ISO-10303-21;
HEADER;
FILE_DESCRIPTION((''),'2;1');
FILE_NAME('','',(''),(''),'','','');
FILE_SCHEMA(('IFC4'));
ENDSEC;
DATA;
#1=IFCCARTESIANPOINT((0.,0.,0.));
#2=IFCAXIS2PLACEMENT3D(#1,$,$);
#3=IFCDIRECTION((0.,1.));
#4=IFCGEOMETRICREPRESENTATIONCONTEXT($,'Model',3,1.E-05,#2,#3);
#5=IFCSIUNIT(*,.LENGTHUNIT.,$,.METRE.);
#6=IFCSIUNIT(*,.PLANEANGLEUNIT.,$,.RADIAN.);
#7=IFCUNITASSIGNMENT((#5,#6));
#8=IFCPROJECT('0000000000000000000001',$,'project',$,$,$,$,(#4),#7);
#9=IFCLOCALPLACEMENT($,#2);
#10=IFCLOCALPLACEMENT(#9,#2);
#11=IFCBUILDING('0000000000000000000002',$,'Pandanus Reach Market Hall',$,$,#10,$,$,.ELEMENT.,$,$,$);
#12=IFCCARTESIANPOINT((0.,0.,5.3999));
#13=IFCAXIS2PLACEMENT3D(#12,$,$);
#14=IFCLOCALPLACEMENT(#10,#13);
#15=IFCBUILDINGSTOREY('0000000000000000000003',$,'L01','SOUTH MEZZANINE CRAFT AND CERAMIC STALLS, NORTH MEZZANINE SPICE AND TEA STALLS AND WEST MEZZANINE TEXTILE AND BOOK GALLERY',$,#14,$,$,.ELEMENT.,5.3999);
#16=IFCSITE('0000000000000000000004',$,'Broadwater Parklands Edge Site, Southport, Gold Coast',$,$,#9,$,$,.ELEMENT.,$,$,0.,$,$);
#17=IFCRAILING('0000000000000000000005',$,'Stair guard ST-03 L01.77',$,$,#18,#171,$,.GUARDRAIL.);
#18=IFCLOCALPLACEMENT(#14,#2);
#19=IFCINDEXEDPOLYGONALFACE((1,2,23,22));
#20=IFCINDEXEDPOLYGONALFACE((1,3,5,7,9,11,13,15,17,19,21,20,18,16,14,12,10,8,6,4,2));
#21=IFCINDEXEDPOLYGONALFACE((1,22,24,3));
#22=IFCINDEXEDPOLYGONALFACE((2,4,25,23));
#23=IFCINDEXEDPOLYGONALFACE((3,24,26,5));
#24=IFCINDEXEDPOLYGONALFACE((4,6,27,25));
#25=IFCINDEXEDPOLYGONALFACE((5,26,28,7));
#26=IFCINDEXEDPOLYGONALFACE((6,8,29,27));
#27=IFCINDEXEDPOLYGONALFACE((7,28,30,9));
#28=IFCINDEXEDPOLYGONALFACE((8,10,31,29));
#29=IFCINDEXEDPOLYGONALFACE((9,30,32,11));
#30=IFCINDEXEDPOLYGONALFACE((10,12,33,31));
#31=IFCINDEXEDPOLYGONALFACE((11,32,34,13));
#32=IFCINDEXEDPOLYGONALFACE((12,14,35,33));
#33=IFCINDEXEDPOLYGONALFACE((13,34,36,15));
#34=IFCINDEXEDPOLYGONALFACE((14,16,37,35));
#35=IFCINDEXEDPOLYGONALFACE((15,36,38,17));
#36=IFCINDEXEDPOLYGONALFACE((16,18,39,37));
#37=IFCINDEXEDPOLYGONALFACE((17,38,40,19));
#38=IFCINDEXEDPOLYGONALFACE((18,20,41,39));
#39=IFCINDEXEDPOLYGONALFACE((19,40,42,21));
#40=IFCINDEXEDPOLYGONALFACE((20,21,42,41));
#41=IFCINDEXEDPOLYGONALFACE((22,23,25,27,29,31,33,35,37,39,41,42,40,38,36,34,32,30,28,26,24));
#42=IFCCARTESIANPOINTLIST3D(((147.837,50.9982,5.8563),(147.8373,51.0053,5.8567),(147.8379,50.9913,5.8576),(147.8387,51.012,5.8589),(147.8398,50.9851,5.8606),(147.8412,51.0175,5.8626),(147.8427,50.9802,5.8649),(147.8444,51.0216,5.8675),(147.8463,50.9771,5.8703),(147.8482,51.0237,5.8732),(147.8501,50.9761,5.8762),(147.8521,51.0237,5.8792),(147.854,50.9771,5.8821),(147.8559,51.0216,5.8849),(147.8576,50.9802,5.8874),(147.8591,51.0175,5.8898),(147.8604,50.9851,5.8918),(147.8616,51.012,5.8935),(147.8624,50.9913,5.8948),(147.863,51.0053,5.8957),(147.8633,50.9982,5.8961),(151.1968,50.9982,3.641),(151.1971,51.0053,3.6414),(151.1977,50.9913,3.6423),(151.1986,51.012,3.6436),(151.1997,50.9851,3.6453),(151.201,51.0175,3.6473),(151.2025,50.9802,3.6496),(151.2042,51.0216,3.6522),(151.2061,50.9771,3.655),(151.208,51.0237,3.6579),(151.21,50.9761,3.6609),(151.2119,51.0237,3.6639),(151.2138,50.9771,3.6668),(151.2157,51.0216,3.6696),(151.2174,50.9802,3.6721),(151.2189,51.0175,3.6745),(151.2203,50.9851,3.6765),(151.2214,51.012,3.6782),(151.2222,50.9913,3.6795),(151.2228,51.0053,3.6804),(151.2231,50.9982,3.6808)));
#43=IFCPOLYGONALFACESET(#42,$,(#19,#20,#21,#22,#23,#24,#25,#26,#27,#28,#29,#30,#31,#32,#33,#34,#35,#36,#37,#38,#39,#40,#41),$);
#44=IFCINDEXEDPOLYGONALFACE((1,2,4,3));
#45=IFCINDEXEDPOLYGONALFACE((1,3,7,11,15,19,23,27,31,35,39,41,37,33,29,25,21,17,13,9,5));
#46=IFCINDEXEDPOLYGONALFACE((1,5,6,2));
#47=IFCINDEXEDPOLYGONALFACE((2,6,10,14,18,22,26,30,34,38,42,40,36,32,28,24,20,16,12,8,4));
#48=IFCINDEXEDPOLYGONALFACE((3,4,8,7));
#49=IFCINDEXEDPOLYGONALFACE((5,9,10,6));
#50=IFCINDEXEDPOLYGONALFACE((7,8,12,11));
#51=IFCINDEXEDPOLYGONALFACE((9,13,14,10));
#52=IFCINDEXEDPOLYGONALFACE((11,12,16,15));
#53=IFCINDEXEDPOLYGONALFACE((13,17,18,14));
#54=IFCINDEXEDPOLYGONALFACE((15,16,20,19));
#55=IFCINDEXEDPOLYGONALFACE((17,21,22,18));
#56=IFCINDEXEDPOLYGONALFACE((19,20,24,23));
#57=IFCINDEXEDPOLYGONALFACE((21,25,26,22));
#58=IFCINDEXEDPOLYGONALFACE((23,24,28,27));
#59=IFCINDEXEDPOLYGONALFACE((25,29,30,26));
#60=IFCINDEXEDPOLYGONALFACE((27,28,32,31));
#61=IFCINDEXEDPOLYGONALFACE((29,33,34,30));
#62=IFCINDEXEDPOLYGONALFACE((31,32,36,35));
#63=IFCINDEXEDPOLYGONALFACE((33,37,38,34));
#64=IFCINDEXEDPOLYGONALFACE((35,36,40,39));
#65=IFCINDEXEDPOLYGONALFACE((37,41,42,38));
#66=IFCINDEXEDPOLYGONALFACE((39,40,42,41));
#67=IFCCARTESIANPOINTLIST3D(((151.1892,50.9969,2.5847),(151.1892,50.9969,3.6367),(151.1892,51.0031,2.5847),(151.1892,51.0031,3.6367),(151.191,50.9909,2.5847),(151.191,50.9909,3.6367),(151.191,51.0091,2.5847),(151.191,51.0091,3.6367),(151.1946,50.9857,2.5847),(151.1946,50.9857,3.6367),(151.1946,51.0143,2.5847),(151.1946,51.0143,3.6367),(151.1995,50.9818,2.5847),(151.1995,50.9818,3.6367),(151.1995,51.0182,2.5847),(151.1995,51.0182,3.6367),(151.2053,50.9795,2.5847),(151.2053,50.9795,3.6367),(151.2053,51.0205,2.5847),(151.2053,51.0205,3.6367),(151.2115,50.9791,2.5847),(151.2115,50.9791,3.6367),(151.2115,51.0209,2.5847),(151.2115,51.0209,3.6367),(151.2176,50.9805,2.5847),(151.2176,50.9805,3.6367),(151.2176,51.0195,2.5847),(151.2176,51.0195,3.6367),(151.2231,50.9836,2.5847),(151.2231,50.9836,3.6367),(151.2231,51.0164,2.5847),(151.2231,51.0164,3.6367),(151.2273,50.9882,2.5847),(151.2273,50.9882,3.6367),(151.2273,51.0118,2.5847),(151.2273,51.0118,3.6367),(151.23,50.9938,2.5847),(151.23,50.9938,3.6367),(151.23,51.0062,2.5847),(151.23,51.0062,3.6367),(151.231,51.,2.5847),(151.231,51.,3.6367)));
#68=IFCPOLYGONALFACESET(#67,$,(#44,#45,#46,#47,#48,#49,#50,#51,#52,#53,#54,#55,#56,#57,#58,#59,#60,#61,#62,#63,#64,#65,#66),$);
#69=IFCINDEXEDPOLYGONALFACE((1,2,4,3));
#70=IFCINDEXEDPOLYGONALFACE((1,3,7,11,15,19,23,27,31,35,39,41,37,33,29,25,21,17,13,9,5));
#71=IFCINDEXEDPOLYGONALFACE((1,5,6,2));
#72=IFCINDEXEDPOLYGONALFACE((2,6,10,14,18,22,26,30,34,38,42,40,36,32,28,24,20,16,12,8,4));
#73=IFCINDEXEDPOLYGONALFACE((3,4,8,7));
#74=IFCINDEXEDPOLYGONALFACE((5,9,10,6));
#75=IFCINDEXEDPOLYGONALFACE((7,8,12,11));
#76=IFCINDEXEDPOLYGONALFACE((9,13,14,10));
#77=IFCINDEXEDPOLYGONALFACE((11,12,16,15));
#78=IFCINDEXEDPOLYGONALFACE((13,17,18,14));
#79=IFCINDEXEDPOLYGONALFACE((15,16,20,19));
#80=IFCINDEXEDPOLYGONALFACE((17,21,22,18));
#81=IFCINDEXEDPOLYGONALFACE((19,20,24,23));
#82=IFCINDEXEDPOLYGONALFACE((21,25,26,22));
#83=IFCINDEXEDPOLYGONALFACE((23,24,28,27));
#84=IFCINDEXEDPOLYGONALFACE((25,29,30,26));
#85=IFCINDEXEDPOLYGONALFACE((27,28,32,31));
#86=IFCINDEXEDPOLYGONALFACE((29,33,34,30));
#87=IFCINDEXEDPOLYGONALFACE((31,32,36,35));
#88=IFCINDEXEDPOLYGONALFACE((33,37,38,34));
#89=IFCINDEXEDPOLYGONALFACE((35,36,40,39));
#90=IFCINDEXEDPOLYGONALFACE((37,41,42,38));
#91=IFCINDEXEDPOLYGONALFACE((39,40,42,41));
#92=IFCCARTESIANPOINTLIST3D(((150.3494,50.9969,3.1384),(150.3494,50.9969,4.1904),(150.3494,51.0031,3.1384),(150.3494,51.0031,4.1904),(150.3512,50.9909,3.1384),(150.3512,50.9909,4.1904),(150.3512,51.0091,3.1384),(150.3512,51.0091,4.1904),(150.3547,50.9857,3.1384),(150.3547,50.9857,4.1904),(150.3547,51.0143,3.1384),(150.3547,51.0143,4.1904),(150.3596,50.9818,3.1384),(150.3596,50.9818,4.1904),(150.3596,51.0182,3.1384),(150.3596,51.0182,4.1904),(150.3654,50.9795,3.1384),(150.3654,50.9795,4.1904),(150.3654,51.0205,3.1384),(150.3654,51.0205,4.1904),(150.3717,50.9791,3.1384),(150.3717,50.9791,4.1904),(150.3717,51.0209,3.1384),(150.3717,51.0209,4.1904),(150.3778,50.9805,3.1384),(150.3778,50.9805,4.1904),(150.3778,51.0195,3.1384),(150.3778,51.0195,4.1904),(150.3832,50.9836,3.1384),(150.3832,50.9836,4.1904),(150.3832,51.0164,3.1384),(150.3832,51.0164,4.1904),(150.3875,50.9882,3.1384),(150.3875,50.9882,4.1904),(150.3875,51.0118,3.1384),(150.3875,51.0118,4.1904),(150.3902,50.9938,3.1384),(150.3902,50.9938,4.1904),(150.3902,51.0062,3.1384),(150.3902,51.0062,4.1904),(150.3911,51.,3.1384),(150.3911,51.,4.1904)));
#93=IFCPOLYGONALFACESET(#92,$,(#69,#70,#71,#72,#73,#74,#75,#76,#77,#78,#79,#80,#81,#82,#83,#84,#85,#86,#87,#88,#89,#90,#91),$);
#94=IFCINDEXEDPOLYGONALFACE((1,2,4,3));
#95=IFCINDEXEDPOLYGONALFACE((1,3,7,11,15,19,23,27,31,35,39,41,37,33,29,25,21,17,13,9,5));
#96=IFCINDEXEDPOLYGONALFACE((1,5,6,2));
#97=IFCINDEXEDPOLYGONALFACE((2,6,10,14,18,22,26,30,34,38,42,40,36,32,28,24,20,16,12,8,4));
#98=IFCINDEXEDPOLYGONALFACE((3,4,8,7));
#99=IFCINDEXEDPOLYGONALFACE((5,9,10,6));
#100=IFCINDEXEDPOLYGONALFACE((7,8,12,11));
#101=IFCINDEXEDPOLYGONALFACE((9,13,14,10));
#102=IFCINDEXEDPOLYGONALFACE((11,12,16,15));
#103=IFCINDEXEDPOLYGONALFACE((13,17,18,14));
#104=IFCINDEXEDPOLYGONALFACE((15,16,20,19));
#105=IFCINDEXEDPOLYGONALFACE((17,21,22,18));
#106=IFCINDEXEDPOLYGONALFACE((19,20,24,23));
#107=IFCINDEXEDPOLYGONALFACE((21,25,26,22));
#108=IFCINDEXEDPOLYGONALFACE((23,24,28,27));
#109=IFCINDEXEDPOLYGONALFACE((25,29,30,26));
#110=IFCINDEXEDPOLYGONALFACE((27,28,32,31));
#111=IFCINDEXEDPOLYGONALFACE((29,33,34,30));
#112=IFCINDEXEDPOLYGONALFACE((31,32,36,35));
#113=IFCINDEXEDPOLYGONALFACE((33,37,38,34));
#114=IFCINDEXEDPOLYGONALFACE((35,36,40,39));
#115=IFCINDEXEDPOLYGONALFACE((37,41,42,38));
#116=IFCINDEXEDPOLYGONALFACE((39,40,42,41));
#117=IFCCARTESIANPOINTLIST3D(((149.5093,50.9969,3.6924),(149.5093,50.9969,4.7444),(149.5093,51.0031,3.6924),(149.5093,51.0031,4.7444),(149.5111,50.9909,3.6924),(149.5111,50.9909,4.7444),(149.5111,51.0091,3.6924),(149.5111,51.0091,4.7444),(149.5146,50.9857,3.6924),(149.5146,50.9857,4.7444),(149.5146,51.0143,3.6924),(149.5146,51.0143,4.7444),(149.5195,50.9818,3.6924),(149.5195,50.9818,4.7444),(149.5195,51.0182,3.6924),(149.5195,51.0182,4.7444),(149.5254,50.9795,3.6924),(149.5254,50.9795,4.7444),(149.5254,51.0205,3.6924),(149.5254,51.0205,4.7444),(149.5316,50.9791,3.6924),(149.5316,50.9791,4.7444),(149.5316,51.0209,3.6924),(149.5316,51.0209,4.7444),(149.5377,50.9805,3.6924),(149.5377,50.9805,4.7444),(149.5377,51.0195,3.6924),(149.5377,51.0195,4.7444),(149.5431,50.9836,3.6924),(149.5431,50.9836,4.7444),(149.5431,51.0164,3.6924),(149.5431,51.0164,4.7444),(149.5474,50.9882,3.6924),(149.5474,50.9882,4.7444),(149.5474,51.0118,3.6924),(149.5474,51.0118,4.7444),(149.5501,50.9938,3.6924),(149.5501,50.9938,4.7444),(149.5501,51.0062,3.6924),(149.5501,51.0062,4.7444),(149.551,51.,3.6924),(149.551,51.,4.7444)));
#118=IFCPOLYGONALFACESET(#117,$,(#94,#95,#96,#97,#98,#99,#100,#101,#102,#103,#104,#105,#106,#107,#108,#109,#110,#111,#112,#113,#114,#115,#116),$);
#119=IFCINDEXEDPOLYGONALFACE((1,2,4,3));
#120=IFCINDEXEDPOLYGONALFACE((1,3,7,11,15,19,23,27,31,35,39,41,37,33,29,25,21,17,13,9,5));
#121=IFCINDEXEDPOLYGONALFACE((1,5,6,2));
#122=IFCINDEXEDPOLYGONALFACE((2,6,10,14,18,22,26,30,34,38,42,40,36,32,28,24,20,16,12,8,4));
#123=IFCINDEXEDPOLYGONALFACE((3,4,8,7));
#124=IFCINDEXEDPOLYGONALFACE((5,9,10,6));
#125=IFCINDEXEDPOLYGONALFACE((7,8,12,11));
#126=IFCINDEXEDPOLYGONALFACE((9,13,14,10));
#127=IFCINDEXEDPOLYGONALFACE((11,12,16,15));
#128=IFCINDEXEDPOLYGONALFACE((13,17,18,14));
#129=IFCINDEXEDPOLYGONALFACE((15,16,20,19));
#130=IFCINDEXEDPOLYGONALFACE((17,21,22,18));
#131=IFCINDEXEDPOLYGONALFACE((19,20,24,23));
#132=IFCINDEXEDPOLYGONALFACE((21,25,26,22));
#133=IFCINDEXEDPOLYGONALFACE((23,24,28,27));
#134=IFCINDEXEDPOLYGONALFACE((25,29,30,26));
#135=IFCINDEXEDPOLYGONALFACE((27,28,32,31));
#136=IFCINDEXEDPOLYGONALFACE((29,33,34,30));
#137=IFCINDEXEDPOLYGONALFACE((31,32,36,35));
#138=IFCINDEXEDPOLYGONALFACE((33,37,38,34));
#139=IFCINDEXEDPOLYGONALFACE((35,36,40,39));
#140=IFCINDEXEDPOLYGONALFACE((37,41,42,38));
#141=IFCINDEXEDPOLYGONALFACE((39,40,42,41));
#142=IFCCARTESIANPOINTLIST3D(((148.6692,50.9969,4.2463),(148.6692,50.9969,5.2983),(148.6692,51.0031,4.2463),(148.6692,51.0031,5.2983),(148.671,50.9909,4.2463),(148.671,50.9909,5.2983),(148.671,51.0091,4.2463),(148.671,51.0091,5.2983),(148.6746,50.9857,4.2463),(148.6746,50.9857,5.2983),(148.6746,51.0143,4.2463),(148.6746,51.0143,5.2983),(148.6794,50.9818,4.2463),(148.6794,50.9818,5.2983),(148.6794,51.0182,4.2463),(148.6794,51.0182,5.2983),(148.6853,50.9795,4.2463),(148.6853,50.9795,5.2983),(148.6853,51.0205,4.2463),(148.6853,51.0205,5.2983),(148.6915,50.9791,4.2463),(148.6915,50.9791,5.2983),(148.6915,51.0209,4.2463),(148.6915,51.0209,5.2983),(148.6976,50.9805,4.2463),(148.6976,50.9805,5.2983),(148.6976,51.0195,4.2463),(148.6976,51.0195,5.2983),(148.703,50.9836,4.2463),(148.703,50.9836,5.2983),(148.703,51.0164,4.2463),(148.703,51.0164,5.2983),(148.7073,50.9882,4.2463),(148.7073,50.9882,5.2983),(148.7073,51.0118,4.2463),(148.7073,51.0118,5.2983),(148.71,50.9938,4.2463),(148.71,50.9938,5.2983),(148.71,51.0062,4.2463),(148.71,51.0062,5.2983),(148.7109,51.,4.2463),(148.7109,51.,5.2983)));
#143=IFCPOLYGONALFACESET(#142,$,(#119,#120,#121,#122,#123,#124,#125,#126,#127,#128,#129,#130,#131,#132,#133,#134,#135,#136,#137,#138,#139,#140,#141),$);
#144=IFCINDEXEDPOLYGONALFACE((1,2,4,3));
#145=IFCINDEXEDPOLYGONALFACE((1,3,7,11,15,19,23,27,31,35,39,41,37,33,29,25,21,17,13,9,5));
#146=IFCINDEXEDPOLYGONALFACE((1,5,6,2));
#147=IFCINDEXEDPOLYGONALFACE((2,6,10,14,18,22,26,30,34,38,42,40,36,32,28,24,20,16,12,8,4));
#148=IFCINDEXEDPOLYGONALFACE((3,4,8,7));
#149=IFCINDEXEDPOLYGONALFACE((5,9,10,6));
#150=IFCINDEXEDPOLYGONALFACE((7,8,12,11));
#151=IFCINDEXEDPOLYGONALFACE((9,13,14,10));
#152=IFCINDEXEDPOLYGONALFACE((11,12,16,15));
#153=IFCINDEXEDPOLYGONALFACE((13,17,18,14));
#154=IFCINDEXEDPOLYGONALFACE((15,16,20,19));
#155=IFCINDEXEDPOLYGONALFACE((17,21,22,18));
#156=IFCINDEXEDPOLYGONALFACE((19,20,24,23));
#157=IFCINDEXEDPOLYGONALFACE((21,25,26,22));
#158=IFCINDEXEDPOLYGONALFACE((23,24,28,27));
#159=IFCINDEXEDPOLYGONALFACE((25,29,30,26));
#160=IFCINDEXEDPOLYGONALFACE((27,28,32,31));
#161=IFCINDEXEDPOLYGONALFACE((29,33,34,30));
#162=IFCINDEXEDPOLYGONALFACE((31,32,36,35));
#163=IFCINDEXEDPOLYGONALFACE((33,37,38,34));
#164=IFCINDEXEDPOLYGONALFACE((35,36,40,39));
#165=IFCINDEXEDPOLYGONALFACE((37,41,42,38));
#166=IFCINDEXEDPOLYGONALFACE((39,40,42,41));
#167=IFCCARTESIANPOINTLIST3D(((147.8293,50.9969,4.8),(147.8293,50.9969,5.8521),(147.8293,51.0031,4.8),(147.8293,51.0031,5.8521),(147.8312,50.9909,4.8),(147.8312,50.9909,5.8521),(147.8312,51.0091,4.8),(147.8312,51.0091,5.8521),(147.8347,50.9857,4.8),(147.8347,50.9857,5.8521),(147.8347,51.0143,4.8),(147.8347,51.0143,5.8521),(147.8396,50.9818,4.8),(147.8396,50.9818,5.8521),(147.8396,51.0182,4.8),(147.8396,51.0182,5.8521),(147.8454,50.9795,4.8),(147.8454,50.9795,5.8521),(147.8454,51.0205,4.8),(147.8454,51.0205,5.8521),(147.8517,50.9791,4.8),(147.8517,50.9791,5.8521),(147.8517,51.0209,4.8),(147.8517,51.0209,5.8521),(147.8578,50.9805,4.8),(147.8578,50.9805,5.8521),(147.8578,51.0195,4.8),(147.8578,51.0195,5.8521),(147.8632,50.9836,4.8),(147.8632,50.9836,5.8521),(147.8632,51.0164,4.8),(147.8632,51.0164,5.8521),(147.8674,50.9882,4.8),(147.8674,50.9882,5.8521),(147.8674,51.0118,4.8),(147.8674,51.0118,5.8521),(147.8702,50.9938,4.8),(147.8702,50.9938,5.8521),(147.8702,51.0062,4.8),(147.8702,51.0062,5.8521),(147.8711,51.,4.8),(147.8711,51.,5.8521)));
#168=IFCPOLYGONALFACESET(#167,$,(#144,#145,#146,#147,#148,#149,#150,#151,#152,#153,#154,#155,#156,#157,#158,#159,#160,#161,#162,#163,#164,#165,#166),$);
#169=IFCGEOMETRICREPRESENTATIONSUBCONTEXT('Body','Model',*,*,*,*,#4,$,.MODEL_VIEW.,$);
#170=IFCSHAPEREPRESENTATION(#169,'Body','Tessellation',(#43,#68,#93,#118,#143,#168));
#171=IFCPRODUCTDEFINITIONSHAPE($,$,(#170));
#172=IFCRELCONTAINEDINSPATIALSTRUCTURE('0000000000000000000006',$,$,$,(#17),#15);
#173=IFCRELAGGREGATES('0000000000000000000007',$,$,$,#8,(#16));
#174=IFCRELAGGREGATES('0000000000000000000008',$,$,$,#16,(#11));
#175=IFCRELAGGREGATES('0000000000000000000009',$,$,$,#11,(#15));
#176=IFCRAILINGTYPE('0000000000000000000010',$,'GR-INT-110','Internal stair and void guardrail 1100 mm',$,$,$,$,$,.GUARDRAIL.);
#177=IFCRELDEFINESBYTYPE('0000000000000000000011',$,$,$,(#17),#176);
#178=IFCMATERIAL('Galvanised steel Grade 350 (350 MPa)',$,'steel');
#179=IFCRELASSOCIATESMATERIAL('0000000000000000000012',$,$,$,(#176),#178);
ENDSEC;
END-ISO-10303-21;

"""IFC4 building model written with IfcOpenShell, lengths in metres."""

from ifc_helpers import new_model, si_unit, direction, frame, origin, origin_2d, place, context, subcontext, project, spatial, circle, extrude, material, type_object, element, save


model = new_model("IFC4")

# Units and contexts
model_context = context("Model", 3, precision=1e-05, world=origin(), true_north=direction((0.0, 1.0)))
body_context = subcontext(model_context, "Body", "Model", "MODEL_VIEW")
ifc_project = project(units=[si_unit("LENGTHUNIT", "METRE"), si_unit("PLANEANGLEUNIT", "RADIAN")], contexts=[model_context])

# Site, building, storey
site_placement = place(None, origin())
site = spatial("IfcSite", under=ifc_project, at=site_placement, Name="Broadwater Parklands Edge Site, Southport, Gold Coast", CompositionType="ELEMENT", RefElevation=0.0)
building_placement = place(site_placement, origin())
building = spatial("IfcBuilding", under=site, at=building_placement, Name="Pandanus Reach Market Hall", CompositionType="ELEMENT")
storey_placement = place(building_placement, frame((0.0, 0.0, 5.3999)))
storey = spatial("IfcBuildingStorey", under=building, at=storey_placement, Name="L01", Description="SOUTH MEZZANINE CRAFT AND CERAMIC STALLS, NORTH MEZZANINE SPICE AND TEA STALLS AND WEST MEZZANINE TEXTILE AND BOOK GALLERY", CompositionType="ELEMENT", Elevation=5.3999)

# Railing
ifc_material_1 = material(Name="Galvanised steel Grade 350 (350 MPa)", Category="steel")
railing_type_1 = type_object("IfcRailingType", Name="GR-INT-110", Description="Internal stair and void guardrail 1100 mm", PredefinedType="GUARDRAIL", material=ifc_material_1)
railing_1_placement = place(storey_placement, frame((151.21, 51.0, 2.5847)))
element("IfcRailing", 1, at=railing_1_placement, inside=storey, type_object=railing_type_1, Name="Stair guard ST-03 L01.77", PredefinedType="GUARDRAIL", context=body_context, shape_type="SweptSolid", body=[
    extrude(circle(Radius=0.0239, at=origin_2d()), frame((0.0, 0.0, 1.0762), z_axis=(-0.834858, 0.0, 0.550465), x_axis=(0.0, -1.0, 0.0)), (0.0, 0.0, 1.0), 4.0244),
    extrude(circle(Radius=0.021, at=origin_2d()), origin(), (0.0, 0.0, 1.0), 1.052),
    extrude(circle(Radius=0.021, at=origin_2d()), frame((-0.8398, 0.0, 0.5537)), (0.0, 0.0, 1.0), 1.052),
    extrude(circle(Radius=0.021, at=origin_2d()), frame((-1.6799, 0.0, 1.1077)), (0.0, 0.0, 1.0), 1.052),
    extrude(circle(Radius=0.021, at=origin_2d()), frame((-2.52, 0.0, 1.6616)), (0.0, 0.0, 1.0), 1.052),
    extrude(circle(Radius=0.021, at=origin_2d()), frame((-3.3599, 0.0, 2.2153)), (0.0, 0.0, 1.0), 1.052),
])

save(model, "model.ifc")
